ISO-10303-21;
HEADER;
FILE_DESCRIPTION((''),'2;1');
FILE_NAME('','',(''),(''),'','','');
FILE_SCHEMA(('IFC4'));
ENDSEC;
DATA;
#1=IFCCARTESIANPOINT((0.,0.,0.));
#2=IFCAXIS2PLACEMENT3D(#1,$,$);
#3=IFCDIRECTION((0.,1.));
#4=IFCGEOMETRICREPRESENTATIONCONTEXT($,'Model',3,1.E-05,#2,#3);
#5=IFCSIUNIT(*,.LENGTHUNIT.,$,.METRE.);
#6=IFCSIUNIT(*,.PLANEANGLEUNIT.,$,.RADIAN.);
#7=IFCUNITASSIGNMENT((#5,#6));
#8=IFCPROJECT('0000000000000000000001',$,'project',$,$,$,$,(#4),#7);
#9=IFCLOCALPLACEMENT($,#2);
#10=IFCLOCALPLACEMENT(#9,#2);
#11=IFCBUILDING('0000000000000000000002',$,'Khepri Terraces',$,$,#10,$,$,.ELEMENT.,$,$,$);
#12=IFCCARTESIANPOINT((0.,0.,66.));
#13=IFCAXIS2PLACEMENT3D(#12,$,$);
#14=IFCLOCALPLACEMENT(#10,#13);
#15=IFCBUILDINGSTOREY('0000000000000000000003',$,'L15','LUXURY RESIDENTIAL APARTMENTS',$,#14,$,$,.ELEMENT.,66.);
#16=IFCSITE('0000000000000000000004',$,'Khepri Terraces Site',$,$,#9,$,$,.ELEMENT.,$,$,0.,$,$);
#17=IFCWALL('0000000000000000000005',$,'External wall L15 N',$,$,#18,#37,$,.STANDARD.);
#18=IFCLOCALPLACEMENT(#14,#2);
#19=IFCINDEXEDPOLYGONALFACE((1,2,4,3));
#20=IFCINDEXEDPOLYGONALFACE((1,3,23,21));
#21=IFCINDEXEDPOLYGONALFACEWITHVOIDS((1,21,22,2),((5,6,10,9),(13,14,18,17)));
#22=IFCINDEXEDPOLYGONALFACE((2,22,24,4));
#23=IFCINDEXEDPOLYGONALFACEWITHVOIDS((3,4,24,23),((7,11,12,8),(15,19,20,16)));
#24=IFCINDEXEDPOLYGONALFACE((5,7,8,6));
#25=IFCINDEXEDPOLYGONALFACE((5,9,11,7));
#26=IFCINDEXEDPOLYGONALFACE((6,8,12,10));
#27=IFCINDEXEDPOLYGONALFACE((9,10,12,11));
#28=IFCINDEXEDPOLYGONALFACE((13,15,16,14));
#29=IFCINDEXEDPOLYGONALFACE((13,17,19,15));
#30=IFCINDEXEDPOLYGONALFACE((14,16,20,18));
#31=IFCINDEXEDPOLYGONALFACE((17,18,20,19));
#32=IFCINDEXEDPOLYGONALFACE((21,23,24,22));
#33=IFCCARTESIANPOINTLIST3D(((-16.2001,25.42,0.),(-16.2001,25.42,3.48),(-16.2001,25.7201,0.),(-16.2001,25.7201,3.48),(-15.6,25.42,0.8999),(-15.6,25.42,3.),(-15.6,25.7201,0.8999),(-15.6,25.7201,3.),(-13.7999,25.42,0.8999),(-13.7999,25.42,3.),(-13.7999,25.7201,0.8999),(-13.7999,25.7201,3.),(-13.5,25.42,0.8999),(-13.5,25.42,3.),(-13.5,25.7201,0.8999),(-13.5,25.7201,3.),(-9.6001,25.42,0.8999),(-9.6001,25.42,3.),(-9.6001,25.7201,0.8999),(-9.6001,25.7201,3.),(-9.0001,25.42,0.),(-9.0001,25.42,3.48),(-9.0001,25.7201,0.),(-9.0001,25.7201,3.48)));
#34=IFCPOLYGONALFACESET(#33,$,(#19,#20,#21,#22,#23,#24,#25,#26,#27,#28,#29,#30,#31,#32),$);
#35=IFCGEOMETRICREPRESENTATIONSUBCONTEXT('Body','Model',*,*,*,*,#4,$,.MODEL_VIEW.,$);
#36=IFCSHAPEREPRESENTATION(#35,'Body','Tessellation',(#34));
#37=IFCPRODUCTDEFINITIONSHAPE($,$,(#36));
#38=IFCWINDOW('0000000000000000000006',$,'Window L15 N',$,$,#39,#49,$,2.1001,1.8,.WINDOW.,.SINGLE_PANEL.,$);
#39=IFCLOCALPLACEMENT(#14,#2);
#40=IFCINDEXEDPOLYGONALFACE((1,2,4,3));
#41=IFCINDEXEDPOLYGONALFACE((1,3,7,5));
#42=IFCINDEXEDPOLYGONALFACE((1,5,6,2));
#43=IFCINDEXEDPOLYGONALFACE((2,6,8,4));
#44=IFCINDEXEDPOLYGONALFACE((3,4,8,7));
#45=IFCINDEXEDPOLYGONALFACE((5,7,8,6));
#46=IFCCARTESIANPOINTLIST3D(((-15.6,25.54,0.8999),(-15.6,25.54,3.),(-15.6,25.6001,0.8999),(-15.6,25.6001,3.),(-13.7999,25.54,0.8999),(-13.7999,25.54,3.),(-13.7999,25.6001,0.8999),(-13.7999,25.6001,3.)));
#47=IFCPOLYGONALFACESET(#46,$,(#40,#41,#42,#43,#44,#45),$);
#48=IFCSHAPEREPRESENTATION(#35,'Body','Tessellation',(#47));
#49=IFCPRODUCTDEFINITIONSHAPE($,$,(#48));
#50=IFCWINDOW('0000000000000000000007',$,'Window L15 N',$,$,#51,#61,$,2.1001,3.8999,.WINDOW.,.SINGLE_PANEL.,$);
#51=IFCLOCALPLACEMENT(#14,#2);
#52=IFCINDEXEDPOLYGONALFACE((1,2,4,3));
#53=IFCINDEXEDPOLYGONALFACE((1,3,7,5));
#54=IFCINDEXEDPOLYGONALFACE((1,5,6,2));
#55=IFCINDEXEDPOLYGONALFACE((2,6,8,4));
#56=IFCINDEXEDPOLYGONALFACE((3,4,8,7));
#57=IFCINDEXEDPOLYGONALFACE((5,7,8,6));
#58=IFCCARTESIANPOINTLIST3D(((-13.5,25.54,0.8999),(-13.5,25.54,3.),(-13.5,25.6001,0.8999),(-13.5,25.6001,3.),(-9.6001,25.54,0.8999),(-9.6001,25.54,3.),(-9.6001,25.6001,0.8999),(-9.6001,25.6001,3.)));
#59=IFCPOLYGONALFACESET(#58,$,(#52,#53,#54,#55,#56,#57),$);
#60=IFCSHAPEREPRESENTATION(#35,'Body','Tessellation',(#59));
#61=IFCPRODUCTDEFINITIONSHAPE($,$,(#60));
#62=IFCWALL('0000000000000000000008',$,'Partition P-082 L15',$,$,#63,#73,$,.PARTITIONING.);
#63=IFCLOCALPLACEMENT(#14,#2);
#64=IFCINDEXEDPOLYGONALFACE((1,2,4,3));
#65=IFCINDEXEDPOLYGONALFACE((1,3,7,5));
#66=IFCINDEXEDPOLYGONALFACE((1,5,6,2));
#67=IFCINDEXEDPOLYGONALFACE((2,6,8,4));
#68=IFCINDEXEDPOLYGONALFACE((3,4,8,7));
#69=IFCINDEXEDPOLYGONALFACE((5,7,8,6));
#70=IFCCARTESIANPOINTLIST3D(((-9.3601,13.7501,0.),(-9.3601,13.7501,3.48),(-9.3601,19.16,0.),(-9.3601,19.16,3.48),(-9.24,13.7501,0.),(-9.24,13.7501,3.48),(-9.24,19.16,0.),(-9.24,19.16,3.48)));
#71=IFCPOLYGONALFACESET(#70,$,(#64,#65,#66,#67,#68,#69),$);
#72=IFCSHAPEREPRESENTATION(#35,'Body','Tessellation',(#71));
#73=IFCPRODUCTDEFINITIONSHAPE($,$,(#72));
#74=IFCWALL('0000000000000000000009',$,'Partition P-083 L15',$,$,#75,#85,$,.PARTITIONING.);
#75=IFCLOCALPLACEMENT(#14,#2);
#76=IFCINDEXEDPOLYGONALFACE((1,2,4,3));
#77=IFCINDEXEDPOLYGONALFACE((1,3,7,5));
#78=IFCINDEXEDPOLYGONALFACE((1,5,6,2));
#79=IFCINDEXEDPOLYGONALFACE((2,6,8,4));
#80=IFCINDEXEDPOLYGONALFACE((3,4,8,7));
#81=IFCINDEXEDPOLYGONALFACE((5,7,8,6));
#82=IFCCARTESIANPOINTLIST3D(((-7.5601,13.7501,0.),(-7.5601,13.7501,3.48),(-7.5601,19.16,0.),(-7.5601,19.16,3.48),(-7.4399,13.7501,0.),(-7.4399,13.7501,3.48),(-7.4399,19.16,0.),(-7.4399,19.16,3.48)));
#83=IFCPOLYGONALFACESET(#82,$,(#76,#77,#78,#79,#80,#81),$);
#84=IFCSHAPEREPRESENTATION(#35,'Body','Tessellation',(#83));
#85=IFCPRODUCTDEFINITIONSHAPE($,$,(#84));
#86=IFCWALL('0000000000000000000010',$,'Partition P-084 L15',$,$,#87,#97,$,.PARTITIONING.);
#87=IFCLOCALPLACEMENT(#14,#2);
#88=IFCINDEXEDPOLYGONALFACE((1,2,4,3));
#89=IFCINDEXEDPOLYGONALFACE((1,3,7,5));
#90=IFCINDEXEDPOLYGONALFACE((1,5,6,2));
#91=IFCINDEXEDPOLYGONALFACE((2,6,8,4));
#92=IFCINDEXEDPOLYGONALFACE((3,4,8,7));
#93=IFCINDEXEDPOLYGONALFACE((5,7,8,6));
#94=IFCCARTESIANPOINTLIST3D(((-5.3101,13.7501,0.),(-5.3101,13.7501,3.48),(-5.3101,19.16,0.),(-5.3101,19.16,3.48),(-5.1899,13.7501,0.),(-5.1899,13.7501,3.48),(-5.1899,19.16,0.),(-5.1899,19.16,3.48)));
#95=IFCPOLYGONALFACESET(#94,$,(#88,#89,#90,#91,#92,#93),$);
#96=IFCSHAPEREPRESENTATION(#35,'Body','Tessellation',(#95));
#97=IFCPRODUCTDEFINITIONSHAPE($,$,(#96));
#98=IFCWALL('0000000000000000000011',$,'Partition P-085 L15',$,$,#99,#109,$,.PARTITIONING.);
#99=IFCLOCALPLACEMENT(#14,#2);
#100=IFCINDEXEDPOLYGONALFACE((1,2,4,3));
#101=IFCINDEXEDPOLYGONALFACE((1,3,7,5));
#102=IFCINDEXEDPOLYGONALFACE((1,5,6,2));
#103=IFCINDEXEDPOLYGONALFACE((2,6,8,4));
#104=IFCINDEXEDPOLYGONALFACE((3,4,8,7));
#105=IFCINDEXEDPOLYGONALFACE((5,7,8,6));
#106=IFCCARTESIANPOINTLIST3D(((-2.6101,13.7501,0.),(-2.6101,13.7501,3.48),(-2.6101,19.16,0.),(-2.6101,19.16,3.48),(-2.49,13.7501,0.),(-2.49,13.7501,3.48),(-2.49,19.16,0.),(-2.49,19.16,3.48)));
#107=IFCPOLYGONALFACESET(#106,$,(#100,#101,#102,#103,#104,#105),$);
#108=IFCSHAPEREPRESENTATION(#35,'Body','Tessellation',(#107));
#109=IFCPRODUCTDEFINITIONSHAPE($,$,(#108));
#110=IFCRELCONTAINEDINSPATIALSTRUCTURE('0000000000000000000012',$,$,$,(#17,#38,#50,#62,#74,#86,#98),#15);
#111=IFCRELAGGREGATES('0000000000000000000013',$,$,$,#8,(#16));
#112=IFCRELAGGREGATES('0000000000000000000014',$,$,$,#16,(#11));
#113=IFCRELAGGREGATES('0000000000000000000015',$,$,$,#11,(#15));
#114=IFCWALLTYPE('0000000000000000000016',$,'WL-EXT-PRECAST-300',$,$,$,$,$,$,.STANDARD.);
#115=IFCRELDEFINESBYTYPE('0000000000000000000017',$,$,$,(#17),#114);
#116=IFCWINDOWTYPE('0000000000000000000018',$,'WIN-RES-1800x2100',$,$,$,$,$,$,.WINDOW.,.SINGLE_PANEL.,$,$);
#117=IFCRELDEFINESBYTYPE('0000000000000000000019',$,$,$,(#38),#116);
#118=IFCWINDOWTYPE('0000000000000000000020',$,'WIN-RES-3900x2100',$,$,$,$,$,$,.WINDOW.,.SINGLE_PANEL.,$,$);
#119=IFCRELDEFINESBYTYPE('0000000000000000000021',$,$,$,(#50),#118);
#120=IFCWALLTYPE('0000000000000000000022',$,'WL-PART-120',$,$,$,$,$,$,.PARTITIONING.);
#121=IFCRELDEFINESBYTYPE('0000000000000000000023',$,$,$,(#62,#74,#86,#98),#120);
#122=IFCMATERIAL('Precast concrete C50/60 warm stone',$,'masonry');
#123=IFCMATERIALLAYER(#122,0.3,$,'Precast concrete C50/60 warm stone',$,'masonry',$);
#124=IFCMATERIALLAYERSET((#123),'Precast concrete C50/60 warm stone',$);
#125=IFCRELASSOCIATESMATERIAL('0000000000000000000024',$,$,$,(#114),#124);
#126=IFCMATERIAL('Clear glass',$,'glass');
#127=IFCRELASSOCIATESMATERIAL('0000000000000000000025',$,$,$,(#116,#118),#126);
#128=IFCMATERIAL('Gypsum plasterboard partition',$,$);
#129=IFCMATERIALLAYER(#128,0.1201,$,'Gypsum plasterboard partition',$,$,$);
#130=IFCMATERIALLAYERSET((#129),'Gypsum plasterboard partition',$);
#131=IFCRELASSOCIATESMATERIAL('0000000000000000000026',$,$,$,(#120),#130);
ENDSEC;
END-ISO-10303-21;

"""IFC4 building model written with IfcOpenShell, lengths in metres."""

from ifc_helpers import new_model, si_unit, direction, frame, frame_2d, origin, place, context, subcontext, project, spatial, rectangle, extrude, material, layer, layer_set, type_object, element, fill, save


model = new_model("IFC4")

# Units and contexts
model_context = context("Model", 3, precision=1e-05, world=origin(), true_north=direction((0.0, 1.0)))
body_context = subcontext(model_context, "Body", "Model", "MODEL_VIEW")
ifc_project = project(units=[si_unit("LENGTHUNIT", "METRE"), si_unit("PLANEANGLEUNIT", "RADIAN")], contexts=[model_context])

# Site, building, storey
site_placement = place(None, origin())
site = spatial("IfcSite", under=ifc_project, at=site_placement, Name="Khepri Terraces Site", CompositionType="ELEMENT", RefElevation=0.0)
building_placement = place(site_placement, origin())
building = spatial("IfcBuilding", under=site, at=building_placement, Name="Khepri Terraces", CompositionType="ELEMENT")
storey_placement = place(building_placement, frame((0.0, 0.0, 66.0)))
storey = spatial("IfcBuildingStorey", under=building, at=storey_placement, Name="L15", Description="LUXURY RESIDENTIAL APARTMENTS", CompositionType="ELEMENT", Elevation=66.0)

# Wall, openings, windows
ifc_material_1 = material(Name="Precast concrete C50/60 warm stone", Category="masonry")
ifc_layer_1 = layer(ifc_material_1, 0.3, Name="Precast concrete C50/60 warm stone", Category="masonry")
ifc_layer_set_1 = layer_set([ifc_layer_1], Name="Precast concrete C50/60 warm stone")
wall_type_1 = type_object("IfcWallType", Name="WL-EXT-PRECAST-300", PredefinedType="STANDARD", material=ifc_layer_set_1)
ifc_material_2 = material(Name="Clear glass", Category="glass")
window_type_1 = type_object("IfcWindowType", Name="WIN-RES-1800x2100", PartitioningType="SINGLE_PANEL", PredefinedType="WINDOW", material=ifc_material_2)
window_type_2 = type_object("IfcWindowType", Name="WIN-RES-3900x2100", PartitioningType="SINGLE_PANEL", PredefinedType="WINDOW", material=ifc_material_2)
wall_1_placement = place(storey_placement, frame((-9.0, 25.5701, 0.0), z_axis=(0.0, 0.0, 1.0), x_axis=(-1.0, 0.0, 0.0)))
wall_1 = element("IfcWall", 1, at=wall_1_placement, inside=storey, type_object=wall_type_1, Name="External wall L15 N", PredefinedType="STANDARD", context=body_context, shape_type="SweptSolid", body=[
    extrude(rectangle(XDim=7.2, YDim=0.3, at=frame_2d((3.6001, 0.0))), origin(), (0.0, 0.0, 1.0), 3.48),
])
opening_1_placement = place(wall_1_placement, frame((0.6001, 0.0, 0.8999)))
opening_1 = element("IfcOpeningElement", 2, at=opening_1_placement, cuts=wall_1, PredefinedType="OPENING", context=body_context, shape_type="SweptSolid", body=[
    extrude(rectangle(XDim=3.8999, YDim=2.1001, at=frame_2d((1.95, 1.05))), frame((0.0, 0.1602, 0.0), z_axis=(0.0, -1.0, 0.0), x_axis=(1.0, 0.0, 0.0)), (0.0, 0.0, 1.0), 0.3201),
])
opening_2_placement = place(wall_1_placement, frame((4.8, 0.0, 0.8999)))
opening_2 = element("IfcOpeningElement", 3, at=opening_2_placement, cuts=wall_1, PredefinedType="OPENING", context=body_context, shape_type="SweptSolid", body=[
    extrude(rectangle(XDim=1.8, YDim=2.1001, at=frame_2d((0.8999, 1.05))), frame((0.0, 0.1602, 0.0), z_axis=(0.0, -1.0, 0.0), x_axis=(1.0, 0.0, 0.0)), (0.0, 0.0, 1.0), 0.3201),
])
window_1_placement = place(opening_2_placement, origin())
window_1 = element("IfcWindow", 4, at=window_1_placement, inside=storey, type_object=window_type_1, Name="Window L15 N", OverallHeight=2.1001, OverallWidth=1.8, PartitioningType="SINGLE_PANEL", PredefinedType="WINDOW", context=body_context, shape_type="SweptSolid", body=[
    extrude(rectangle(XDim=1.8, YDim=2.1001, at=frame_2d((0.8999, 1.05))), frame((0.0, 0.03, 0.0), z_axis=(0.0, -1.0, 0.0), x_axis=(1.0, 0.0, 0.0)), (0.0, 0.0, 1.0), 0.0601),
])
fill(opening_2, window_1)
window_2_placement = place(opening_1_placement, origin())
window_2 = element("IfcWindow", 5, at=window_2_placement, inside=storey, type_object=window_type_2, Name="Window L15 N", OverallHeight=2.1001, OverallWidth=3.8999, PartitioningType="SINGLE_PANEL", PredefinedType="WINDOW", context=body_context, shape_type="SweptSolid", body=[
    extrude(rectangle(XDim=3.8999, YDim=2.1001, at=frame_2d((1.95, 1.05))), frame((0.0, 0.03, 0.0), z_axis=(0.0, -1.0, 0.0), x_axis=(1.0, 0.0, 0.0)), (0.0, 0.0, 1.0), 0.0601),
])
fill(opening_1, window_2)

# Walls
ifc_material_3 = material(Name="Gypsum plasterboard partition")
ifc_layer_2 = layer(ifc_material_3, 0.1201, Name="Gypsum plasterboard partition")
ifc_layer_set_2 = layer_set([ifc_layer_2], Name="Gypsum plasterboard partition")
wall_type_2 = type_object("IfcWallType", Name="WL-PART-120", PredefinedType="PARTITIONING", material=ifc_layer_set_2)
for number, where, z_axis, x_axis, name in (
    (6, (-9.3, 13.75, 0.0), (0.0, 0.0, 1.0), (0.0, 1.0, 0.0), "Partition P-082 L15"),
    (7, (-7.5, 13.75, 0.0), (0.0, 0.0, 1.0), (0.0, 1.0, 0.0), "Partition P-083 L15"),
    (8, (-5.25, 13.75, 0.0), (0.0, 0.0, 1.0), (0.0, 1.0, 0.0), "Partition P-084 L15"),
    (9, (-2.55, 13.75, 0.0), (0.0, 0.0, 1.0), (0.0, 1.0, 0.0), "Partition P-085 L15"),
):
    element("IfcWall", number, at=place(storey_placement, frame(where, z_axis=z_axis, x_axis=x_axis)), inside=storey, type_object=wall_type_2, Name=name, PredefinedType="PARTITIONING", context=body_context, shape_type="SweptSolid", body=[
        extrude(rectangle(XDim=5.4099, YDim=0.1201, at=frame_2d((2.7051, 0.0))), origin(), (0.0, 0.0, 1.0), 3.48),
    ])

save(model, "model.ifc")
